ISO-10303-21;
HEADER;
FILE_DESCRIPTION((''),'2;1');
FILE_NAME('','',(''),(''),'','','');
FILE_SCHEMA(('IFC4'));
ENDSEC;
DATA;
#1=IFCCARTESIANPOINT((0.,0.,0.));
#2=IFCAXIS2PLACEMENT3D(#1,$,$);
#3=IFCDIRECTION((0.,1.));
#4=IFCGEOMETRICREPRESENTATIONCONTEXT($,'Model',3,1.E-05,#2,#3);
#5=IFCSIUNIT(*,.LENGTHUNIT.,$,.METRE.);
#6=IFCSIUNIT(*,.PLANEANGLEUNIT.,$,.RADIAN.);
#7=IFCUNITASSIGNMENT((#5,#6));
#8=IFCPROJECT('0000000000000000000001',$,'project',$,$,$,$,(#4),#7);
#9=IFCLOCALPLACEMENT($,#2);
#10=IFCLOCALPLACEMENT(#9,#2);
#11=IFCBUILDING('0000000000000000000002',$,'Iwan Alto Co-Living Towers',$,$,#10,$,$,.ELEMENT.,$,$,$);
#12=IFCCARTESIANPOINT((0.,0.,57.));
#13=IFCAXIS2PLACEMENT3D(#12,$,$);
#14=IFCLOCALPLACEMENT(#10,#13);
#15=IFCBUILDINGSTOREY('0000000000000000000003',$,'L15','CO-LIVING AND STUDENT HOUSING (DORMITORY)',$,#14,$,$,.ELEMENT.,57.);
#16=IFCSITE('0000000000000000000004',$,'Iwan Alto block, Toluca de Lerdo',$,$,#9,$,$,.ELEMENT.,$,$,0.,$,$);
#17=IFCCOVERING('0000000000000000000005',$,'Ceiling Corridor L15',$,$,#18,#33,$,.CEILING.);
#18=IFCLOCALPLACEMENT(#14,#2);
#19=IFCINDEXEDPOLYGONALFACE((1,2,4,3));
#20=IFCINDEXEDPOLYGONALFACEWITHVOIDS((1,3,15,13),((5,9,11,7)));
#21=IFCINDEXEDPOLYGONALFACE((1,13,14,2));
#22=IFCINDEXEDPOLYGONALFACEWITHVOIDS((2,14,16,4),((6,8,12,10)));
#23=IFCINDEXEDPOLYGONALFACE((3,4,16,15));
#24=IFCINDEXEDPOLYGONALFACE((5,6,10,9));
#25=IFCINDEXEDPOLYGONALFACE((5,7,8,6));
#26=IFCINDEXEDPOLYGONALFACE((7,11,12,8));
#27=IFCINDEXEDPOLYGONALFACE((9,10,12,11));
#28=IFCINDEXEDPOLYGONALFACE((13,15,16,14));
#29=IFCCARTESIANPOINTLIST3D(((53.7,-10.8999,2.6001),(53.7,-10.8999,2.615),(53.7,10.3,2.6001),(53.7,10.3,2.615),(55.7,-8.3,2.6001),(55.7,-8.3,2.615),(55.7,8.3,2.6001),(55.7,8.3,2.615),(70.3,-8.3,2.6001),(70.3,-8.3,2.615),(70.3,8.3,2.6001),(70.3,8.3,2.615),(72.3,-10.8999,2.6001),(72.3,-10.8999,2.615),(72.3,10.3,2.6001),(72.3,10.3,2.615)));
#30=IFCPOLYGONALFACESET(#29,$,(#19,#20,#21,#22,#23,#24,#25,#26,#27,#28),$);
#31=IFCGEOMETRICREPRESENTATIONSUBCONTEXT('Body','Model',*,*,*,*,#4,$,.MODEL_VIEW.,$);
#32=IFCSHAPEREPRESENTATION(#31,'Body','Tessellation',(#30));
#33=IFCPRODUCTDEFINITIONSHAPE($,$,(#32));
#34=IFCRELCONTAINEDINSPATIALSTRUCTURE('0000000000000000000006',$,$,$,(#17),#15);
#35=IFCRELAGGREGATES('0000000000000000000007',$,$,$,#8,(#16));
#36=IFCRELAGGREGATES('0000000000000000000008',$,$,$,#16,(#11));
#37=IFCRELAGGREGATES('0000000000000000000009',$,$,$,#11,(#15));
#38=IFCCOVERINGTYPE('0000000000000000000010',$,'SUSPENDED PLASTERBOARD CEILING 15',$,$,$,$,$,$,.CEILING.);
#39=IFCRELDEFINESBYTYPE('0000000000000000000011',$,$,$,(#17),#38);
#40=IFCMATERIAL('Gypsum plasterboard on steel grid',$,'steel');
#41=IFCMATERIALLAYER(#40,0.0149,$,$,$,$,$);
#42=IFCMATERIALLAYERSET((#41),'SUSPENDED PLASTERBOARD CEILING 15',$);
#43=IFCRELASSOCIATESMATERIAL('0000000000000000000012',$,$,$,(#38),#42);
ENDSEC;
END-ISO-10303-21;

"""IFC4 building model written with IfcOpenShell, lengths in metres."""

from ifc_helpers import new_model, si_unit, direction, frame, origin, place, context, subcontext, project, spatial, polyline, outline, extrude, material, layer, layer_set, type_object, element, save


model = new_model("IFC4")

# Units and contexts
model_context = context("Model", 3, precision=1e-05, world=origin(), true_north=direction((0.0, 1.0)))
body_context = subcontext(model_context, "Body", "Model", "MODEL_VIEW")
ifc_project = project(units=[si_unit("LENGTHUNIT", "METRE"), si_unit("PLANEANGLEUNIT", "RADIAN")], contexts=[model_context])

# Site, building, storey
site_placement = place(None, origin())
site = spatial("IfcSite", under=ifc_project, at=site_placement, Name="Iwan Alto block, Toluca de Lerdo", CompositionType="ELEMENT", RefElevation=0.0)
building_placement = place(site_placement, origin())
building = spatial("IfcBuilding", under=site, at=building_placement, Name="Iwan Alto Co-Living Towers", CompositionType="ELEMENT")
storey_placement = place(building_placement, frame((0.0, 0.0, 57.0)))
storey = spatial("IfcBuildingStorey", under=building, at=storey_placement, Name="L15", Description="CO-LIVING AND STUDENT HOUSING (DORMITORY)", CompositionType="ELEMENT", Elevation=57.0)

# Covering
ifc_material_1 = material(Name="Gypsum plasterboard on steel grid", Category="steel")
ifc_layer_1 = layer(ifc_material_1, 0.0149)
ifc_layer_set_1 = layer_set([ifc_layer_1], Name="SUSPENDED PLASTERBOARD CEILING 15")
covering_type_1 = type_object("IfcCoveringType", Name="SUSPENDED PLASTERBOARD CEILING 15", PredefinedType="CEILING", material=ifc_layer_set_1)
covering_1_placement = place(storey_placement, frame((0.0, 0.0, 2.6001)))
element("IfcCovering", 1, at=covering_1_placement, inside=storey, type_object=covering_type_1, Name="Ceiling Corridor L15", PredefinedType="CEILING", context=body_context, shape_type="SweptSolid", body=[
    extrude(outline(polyline([(53.7, 10.3), (72.3, 10.3), (72.3, -10.8999), (53.7, -10.8999), (53.7, 10.3)]), holes=[polyline([(55.7, 8.3), (55.7, -8.3), (70.3, -8.3), (70.3, 8.3), (55.7, 8.3)])]), origin(), (0.0, 0.0, 1.0), 0.0149),
])

save(model, "model.ifc")
